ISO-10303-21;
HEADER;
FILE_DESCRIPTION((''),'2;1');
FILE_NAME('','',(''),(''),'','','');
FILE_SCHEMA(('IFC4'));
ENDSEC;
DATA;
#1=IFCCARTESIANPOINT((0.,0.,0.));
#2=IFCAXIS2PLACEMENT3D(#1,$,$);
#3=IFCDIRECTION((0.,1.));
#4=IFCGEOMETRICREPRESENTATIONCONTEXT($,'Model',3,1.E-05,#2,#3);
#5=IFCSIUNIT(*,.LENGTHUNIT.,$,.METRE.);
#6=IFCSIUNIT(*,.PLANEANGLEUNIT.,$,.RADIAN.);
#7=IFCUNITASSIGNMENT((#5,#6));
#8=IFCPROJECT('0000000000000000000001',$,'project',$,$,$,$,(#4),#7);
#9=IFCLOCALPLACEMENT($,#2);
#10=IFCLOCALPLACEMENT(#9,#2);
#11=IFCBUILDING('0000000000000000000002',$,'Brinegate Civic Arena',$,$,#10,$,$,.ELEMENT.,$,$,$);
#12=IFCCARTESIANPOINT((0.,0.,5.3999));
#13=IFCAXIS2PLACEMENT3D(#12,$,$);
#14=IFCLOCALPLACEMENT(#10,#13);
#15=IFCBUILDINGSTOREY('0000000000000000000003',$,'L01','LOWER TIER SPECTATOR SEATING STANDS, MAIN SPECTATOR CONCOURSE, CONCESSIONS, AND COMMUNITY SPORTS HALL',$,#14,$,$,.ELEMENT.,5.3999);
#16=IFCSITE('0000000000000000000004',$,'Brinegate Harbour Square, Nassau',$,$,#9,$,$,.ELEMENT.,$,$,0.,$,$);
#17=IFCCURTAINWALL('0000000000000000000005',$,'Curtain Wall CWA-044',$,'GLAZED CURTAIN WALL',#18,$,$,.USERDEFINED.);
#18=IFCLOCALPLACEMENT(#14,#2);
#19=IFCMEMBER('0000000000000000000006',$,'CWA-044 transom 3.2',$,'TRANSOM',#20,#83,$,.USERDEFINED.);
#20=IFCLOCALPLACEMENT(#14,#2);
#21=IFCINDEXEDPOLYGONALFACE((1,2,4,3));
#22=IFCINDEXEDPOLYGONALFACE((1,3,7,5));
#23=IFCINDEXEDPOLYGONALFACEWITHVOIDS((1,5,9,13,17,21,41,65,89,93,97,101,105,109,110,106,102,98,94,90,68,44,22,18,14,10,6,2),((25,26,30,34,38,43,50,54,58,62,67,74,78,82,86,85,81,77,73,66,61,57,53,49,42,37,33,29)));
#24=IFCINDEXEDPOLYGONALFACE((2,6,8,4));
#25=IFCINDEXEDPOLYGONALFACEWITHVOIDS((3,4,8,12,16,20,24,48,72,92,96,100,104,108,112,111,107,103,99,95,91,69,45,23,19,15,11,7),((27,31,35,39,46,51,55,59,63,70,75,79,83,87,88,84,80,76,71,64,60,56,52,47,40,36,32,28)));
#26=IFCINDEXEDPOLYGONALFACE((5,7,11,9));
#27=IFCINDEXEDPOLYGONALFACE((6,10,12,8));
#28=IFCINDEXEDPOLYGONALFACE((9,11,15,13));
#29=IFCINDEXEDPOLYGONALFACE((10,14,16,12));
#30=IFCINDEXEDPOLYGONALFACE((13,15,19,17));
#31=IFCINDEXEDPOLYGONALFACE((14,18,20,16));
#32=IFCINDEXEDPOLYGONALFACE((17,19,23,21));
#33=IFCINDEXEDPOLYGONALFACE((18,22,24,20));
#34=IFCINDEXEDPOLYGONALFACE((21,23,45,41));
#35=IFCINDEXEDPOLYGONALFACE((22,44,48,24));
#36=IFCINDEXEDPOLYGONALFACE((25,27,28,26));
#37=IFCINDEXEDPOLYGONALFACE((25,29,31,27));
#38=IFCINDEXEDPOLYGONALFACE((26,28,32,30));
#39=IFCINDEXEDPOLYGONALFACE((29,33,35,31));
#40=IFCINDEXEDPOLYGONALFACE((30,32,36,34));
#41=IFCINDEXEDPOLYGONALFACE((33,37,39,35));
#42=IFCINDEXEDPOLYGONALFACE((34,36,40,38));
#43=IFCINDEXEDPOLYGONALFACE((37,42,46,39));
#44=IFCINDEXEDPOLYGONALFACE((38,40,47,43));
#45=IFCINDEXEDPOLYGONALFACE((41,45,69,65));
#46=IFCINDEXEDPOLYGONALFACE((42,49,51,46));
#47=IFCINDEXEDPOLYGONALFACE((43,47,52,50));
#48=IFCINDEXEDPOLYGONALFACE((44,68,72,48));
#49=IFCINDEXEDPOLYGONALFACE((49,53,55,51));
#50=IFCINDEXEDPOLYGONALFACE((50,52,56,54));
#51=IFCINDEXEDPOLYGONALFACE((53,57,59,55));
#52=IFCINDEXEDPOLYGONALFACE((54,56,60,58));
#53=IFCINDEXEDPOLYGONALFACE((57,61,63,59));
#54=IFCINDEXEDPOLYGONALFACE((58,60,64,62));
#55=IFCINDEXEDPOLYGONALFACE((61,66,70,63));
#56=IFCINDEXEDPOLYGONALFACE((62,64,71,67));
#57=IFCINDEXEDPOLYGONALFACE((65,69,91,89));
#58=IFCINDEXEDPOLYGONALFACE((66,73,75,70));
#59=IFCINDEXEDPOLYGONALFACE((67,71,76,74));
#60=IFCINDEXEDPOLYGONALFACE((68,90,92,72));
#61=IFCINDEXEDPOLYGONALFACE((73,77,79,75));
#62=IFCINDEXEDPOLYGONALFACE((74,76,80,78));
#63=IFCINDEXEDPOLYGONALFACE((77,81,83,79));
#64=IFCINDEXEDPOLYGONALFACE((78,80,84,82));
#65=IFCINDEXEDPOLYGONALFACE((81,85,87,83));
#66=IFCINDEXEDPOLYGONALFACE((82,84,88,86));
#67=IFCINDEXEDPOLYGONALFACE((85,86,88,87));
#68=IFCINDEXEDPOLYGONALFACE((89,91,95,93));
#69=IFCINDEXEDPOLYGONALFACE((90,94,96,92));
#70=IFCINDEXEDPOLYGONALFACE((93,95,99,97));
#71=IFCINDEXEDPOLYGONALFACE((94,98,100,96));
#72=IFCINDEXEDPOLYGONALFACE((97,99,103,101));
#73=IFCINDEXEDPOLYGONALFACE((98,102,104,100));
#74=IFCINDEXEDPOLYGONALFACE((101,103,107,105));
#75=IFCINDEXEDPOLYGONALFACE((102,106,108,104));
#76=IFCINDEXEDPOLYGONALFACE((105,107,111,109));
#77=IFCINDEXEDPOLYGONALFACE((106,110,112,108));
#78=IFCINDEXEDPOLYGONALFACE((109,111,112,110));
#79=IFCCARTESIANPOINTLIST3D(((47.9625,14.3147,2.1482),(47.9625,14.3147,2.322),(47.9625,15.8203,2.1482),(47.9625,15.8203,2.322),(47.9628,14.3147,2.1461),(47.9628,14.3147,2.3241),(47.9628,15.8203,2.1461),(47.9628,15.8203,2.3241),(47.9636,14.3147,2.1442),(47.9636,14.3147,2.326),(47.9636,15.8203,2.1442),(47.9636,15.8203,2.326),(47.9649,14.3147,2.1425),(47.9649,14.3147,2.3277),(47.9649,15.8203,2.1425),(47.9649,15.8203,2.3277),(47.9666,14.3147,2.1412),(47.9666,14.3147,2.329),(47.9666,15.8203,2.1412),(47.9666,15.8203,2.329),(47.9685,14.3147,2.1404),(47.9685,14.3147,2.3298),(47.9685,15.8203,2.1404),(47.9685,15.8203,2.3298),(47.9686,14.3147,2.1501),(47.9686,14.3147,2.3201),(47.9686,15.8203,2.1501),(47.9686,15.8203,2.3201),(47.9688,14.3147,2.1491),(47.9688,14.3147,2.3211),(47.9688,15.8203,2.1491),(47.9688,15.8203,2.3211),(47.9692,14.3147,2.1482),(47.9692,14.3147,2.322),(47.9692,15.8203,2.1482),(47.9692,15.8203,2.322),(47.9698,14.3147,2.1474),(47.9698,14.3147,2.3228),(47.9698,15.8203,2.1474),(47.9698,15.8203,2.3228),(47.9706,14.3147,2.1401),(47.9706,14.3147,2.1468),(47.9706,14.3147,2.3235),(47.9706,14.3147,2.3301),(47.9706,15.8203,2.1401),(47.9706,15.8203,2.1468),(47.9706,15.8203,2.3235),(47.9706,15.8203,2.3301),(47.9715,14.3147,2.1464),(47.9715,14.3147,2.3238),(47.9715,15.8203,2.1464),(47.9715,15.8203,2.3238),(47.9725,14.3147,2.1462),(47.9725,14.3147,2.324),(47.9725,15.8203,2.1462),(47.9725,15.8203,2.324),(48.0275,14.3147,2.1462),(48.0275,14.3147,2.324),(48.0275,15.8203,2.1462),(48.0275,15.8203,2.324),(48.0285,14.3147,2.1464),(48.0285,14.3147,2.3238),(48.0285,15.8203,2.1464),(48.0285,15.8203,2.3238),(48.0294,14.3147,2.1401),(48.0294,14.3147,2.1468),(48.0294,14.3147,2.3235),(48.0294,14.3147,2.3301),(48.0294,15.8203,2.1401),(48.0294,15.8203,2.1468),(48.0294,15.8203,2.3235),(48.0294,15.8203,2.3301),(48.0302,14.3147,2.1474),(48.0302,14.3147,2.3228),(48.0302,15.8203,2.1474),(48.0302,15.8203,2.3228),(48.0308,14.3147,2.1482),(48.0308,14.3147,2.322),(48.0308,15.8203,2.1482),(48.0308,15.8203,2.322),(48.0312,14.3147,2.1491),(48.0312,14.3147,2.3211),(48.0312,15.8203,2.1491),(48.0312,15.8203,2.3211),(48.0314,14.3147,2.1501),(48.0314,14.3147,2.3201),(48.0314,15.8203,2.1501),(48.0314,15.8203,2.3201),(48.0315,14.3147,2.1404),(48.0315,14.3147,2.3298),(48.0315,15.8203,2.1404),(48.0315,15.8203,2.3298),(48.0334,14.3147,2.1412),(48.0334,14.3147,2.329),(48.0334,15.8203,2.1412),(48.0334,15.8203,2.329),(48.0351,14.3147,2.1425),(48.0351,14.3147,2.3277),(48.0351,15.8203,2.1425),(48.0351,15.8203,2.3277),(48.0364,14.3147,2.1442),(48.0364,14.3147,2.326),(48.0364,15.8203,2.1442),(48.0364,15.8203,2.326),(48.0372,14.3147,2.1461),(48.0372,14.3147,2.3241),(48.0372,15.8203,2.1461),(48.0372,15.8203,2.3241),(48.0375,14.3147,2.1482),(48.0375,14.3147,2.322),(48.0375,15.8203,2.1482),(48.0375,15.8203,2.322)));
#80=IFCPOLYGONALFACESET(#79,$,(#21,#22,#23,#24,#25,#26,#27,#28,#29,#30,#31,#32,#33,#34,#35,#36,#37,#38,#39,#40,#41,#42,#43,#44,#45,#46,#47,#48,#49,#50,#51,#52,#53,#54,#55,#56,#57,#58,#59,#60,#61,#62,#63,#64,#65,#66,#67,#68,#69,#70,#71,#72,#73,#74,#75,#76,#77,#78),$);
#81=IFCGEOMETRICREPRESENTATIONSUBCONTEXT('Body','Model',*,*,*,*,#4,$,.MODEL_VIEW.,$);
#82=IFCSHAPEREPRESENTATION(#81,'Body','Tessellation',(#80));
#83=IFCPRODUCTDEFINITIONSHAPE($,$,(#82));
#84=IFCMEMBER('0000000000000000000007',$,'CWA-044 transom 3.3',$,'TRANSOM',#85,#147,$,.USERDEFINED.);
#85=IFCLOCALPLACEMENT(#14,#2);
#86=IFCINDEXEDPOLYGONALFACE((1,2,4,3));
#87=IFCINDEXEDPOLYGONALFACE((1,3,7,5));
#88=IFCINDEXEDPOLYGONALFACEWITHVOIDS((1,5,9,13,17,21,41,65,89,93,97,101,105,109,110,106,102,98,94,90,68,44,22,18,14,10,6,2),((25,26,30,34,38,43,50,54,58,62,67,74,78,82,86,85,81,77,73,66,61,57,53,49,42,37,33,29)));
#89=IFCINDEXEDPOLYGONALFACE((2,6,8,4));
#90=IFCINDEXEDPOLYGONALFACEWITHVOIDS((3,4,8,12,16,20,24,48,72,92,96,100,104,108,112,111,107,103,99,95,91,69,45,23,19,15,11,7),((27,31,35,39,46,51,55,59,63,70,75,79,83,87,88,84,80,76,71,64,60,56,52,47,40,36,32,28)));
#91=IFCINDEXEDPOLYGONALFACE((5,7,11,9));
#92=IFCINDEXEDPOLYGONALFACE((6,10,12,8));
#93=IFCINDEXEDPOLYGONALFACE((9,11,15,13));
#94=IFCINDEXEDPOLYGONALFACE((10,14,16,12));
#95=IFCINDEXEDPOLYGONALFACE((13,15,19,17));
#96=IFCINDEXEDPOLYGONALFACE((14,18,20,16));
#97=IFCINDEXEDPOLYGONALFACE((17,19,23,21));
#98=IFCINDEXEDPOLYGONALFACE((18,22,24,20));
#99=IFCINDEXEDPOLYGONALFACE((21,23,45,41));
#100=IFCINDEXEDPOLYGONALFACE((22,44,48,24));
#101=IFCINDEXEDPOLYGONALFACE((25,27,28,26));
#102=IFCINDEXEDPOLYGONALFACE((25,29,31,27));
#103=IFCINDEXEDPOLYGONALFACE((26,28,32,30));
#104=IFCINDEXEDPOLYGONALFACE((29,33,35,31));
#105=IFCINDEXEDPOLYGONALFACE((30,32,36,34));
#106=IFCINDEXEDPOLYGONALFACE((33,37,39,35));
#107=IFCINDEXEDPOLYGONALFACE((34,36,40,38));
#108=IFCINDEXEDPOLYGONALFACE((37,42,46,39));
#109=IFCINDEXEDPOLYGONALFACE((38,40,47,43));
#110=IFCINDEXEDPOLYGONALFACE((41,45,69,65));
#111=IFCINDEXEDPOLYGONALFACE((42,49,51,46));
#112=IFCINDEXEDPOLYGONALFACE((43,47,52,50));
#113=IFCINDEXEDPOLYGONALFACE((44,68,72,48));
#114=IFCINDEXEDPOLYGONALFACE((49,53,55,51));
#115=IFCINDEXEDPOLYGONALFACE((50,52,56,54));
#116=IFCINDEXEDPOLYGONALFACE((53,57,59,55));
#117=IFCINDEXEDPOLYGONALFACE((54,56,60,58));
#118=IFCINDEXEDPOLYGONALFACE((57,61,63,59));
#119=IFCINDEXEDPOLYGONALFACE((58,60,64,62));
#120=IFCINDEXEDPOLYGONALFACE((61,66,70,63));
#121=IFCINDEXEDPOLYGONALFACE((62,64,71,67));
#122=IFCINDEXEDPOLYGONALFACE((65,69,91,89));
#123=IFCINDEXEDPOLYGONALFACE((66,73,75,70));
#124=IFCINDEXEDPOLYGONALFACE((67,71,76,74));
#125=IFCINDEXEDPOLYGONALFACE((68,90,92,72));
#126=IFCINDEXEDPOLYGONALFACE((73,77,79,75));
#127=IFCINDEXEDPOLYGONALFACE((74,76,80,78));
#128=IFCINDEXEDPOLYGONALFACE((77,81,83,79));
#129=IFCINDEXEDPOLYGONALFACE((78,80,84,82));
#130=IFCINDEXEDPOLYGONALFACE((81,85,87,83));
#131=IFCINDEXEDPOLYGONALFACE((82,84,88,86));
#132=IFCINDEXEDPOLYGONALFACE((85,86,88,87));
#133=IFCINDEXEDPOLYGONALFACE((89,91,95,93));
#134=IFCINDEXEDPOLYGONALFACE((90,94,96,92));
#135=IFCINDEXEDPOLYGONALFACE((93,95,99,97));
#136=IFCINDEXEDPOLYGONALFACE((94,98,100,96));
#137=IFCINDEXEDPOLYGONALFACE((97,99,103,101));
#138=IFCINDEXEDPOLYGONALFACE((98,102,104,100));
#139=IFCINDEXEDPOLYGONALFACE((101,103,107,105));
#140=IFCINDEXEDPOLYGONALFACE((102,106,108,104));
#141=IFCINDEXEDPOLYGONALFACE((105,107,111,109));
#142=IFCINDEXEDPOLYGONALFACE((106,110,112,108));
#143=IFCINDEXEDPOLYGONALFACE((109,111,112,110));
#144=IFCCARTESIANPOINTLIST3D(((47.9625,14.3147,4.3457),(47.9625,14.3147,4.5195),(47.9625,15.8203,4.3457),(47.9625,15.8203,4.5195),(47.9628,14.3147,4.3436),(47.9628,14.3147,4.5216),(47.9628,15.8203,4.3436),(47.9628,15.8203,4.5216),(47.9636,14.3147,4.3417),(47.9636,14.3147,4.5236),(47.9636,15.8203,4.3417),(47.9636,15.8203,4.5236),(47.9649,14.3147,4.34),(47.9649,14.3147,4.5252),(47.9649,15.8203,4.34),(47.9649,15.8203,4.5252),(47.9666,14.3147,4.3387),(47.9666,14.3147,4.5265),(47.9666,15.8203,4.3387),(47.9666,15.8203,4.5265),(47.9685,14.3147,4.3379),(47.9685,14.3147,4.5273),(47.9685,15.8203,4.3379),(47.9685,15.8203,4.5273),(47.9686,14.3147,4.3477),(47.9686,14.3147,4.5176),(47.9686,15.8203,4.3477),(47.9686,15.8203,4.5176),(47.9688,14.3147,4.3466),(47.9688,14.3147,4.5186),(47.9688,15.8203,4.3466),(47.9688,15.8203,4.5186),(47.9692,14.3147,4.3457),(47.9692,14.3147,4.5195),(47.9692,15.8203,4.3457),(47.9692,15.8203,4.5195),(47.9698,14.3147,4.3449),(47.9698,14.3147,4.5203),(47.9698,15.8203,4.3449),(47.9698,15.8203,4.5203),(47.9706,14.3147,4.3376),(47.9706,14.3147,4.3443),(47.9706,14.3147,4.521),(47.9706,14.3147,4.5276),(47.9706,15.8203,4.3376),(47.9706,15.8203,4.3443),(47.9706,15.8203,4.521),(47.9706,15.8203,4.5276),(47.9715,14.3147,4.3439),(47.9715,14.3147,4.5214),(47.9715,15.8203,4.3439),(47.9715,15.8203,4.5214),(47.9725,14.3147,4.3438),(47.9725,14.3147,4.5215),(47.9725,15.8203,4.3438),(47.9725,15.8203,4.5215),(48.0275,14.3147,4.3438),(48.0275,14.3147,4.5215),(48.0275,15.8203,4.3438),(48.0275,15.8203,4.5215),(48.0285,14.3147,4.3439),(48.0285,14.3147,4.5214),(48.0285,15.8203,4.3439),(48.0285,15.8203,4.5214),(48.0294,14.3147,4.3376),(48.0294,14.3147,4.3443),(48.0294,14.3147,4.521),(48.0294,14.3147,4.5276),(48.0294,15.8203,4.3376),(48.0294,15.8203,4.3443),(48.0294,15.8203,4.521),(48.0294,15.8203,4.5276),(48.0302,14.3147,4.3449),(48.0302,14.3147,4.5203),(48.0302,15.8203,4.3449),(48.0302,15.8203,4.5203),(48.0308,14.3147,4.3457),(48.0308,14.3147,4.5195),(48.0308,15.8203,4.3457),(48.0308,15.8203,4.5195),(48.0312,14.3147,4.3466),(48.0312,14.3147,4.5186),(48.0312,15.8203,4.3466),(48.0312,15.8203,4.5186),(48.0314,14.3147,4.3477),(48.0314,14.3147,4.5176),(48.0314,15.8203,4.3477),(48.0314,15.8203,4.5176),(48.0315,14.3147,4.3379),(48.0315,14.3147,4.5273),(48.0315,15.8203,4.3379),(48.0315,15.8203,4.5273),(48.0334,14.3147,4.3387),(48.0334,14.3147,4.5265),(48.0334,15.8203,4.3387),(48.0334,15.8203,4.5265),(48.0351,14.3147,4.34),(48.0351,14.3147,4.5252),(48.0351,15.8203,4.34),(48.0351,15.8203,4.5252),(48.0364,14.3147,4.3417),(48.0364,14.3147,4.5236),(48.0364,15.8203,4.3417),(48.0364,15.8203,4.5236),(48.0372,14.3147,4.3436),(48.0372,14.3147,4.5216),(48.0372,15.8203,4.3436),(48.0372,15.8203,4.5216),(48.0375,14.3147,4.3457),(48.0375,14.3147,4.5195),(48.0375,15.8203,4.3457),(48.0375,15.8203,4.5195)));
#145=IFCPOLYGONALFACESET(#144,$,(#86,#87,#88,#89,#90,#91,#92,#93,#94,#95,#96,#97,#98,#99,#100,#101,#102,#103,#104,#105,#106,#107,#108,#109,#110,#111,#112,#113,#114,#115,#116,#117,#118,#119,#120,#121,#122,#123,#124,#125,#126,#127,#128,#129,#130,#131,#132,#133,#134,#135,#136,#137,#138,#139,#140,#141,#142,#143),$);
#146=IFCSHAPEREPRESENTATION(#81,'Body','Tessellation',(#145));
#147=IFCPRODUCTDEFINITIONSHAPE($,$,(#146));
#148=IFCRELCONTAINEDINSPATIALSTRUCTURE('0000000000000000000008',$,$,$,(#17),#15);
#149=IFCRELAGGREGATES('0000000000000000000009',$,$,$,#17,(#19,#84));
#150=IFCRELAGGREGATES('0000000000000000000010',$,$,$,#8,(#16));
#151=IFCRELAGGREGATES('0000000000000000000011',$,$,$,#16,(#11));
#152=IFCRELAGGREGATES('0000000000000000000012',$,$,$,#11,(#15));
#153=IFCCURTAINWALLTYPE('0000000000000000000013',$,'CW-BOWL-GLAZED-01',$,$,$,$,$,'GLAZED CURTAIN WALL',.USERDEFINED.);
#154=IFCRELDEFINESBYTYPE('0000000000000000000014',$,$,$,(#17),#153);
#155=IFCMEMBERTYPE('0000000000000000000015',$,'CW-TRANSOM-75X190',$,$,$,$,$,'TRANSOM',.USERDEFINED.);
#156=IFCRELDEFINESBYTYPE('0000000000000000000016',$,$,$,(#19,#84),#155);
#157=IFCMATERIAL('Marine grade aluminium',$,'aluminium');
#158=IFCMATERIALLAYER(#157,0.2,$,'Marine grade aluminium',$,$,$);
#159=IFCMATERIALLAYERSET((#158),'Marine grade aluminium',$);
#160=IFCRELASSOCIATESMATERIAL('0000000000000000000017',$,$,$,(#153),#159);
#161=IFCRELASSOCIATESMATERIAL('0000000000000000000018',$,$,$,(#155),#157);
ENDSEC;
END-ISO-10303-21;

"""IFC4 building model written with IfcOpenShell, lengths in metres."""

from ifc_helpers import new_model, si_unit, direction, frame, origin, origin_2d, place, context, subcontext, project, spatial, hollow_rectangle, extrude, material, layer, layer_set, material_profile, profile_set, type_object, element, aggregate, save


model = new_model("IFC4")

# Units and contexts
model_context = context("Model", 3, precision=1e-05, world=origin(), true_north=direction((0.0, 1.0)))
body_context = subcontext(model_context, "Body", "Model", "MODEL_VIEW")
ifc_project = project(units=[si_unit("LENGTHUNIT", "METRE"), si_unit("PLANEANGLEUNIT", "RADIAN")], contexts=[model_context])

# Site, building, storey
site_placement = place(None, origin())
site = spatial("IfcSite", under=ifc_project, at=site_placement, Name="Brinegate Harbour Square, Nassau", CompositionType="ELEMENT", RefElevation=0.0)
building_placement = place(site_placement, origin())
building = spatial("IfcBuilding", under=site, at=building_placement, Name="Brinegate Civic Arena", CompositionType="ELEMENT")
storey_placement = place(building_placement, frame((0.0, 0.0, 5.3999)))
storey = spatial("IfcBuildingStorey", under=building, at=storey_placement, Name="L01", Description="LOWER TIER SPECTATOR SEATING STANDS, MAIN SPECTATOR CONCOURSE, CONCESSIONS, AND COMMUNITY SPORTS HALL", CompositionType="ELEMENT", Elevation=5.3999)

# Curtain wall, members
ifc_material_1 = material(Name="Marine grade aluminium", Category="aluminium")
ifc_layer_1 = layer(ifc_material_1, 0.2, Name="Marine grade aluminium")
ifc_layer_set_1 = layer_set([ifc_layer_1], Name="Marine grade aluminium")
curtain_wall_type = type_object("IfcCurtainWallType", Name="CW-BOWL-GLAZED-01", ElementType="GLAZED CURTAIN WALL", PredefinedType="USERDEFINED", material=ifc_layer_set_1)
curtain_wall_placement = place(storey_placement, origin())
curtain_wall = element("IfcCurtainWall", 1, at=curtain_wall_placement, inside=storey, type_object=curtain_wall_type, Name="Curtain Wall CWA-044", ObjectType="GLAZED CURTAIN WALL", PredefinedType="USERDEFINED")
ifc_material_profile_1 = material_profile(ifc_material_1, hollow_rectangle(XDim=0.075, YDim=0.1899, WallThickness=0.0061, InnerFilletRadius=0.0039, OuterFilletRadius=0.0081, at=origin_2d()), Name="TRN75X190")
ifc_profile_set_1 = profile_set([ifc_material_profile_1], Name="Marine grade aluminium")
member_type_1 = type_object("IfcMemberType", Name="CW-TRANSOM-75X190", ElementType="TRANSOM", PredefinedType="USERDEFINED", material=ifc_profile_set_1)
member_1_placement = place(storey_placement, frame((48.0, 14.3147, 2.2351), z_axis=(0.0, 1.0, 0.0), x_axis=(-1.0, 0.0, 0.0)))
member_1 = element("IfcMember", 2, at=member_1_placement, type_object=member_type_1, Name="CWA-044 transom 3.2", ObjectType="TRANSOM", PredefinedType="USERDEFINED", context=body_context, shape_type="SweptSolid", body=[
    extrude(hollow_rectangle(XDim=0.075, YDim=0.1899, WallThickness=0.0061, InnerFilletRadius=0.0039, OuterFilletRadius=0.0081, at=origin_2d()), origin(), (0.0, 0.0, 1.0), 1.5056),
])
member_2_placement = place(storey_placement, frame((48.0, 14.3147, 4.4326), z_axis=(0.0, 1.0, 0.0), x_axis=(-1.0, 0.0, 0.0)))
member_2 = element("IfcMember", 3, at=member_2_placement, type_object=member_type_1, Name="CWA-044 transom 3.3", ObjectType="TRANSOM", PredefinedType="USERDEFINED", context=body_context, shape_type="SweptSolid", body=[
    extrude(hollow_rectangle(XDim=0.075, YDim=0.1899, WallThickness=0.0061, InnerFilletRadius=0.0039, OuterFilletRadius=0.0081, at=origin_2d()), origin(), (0.0, 0.0, 1.0), 1.5056),
])

aggregate(curtain_wall, [member_1, member_2])

save(model, "model.ifc")
